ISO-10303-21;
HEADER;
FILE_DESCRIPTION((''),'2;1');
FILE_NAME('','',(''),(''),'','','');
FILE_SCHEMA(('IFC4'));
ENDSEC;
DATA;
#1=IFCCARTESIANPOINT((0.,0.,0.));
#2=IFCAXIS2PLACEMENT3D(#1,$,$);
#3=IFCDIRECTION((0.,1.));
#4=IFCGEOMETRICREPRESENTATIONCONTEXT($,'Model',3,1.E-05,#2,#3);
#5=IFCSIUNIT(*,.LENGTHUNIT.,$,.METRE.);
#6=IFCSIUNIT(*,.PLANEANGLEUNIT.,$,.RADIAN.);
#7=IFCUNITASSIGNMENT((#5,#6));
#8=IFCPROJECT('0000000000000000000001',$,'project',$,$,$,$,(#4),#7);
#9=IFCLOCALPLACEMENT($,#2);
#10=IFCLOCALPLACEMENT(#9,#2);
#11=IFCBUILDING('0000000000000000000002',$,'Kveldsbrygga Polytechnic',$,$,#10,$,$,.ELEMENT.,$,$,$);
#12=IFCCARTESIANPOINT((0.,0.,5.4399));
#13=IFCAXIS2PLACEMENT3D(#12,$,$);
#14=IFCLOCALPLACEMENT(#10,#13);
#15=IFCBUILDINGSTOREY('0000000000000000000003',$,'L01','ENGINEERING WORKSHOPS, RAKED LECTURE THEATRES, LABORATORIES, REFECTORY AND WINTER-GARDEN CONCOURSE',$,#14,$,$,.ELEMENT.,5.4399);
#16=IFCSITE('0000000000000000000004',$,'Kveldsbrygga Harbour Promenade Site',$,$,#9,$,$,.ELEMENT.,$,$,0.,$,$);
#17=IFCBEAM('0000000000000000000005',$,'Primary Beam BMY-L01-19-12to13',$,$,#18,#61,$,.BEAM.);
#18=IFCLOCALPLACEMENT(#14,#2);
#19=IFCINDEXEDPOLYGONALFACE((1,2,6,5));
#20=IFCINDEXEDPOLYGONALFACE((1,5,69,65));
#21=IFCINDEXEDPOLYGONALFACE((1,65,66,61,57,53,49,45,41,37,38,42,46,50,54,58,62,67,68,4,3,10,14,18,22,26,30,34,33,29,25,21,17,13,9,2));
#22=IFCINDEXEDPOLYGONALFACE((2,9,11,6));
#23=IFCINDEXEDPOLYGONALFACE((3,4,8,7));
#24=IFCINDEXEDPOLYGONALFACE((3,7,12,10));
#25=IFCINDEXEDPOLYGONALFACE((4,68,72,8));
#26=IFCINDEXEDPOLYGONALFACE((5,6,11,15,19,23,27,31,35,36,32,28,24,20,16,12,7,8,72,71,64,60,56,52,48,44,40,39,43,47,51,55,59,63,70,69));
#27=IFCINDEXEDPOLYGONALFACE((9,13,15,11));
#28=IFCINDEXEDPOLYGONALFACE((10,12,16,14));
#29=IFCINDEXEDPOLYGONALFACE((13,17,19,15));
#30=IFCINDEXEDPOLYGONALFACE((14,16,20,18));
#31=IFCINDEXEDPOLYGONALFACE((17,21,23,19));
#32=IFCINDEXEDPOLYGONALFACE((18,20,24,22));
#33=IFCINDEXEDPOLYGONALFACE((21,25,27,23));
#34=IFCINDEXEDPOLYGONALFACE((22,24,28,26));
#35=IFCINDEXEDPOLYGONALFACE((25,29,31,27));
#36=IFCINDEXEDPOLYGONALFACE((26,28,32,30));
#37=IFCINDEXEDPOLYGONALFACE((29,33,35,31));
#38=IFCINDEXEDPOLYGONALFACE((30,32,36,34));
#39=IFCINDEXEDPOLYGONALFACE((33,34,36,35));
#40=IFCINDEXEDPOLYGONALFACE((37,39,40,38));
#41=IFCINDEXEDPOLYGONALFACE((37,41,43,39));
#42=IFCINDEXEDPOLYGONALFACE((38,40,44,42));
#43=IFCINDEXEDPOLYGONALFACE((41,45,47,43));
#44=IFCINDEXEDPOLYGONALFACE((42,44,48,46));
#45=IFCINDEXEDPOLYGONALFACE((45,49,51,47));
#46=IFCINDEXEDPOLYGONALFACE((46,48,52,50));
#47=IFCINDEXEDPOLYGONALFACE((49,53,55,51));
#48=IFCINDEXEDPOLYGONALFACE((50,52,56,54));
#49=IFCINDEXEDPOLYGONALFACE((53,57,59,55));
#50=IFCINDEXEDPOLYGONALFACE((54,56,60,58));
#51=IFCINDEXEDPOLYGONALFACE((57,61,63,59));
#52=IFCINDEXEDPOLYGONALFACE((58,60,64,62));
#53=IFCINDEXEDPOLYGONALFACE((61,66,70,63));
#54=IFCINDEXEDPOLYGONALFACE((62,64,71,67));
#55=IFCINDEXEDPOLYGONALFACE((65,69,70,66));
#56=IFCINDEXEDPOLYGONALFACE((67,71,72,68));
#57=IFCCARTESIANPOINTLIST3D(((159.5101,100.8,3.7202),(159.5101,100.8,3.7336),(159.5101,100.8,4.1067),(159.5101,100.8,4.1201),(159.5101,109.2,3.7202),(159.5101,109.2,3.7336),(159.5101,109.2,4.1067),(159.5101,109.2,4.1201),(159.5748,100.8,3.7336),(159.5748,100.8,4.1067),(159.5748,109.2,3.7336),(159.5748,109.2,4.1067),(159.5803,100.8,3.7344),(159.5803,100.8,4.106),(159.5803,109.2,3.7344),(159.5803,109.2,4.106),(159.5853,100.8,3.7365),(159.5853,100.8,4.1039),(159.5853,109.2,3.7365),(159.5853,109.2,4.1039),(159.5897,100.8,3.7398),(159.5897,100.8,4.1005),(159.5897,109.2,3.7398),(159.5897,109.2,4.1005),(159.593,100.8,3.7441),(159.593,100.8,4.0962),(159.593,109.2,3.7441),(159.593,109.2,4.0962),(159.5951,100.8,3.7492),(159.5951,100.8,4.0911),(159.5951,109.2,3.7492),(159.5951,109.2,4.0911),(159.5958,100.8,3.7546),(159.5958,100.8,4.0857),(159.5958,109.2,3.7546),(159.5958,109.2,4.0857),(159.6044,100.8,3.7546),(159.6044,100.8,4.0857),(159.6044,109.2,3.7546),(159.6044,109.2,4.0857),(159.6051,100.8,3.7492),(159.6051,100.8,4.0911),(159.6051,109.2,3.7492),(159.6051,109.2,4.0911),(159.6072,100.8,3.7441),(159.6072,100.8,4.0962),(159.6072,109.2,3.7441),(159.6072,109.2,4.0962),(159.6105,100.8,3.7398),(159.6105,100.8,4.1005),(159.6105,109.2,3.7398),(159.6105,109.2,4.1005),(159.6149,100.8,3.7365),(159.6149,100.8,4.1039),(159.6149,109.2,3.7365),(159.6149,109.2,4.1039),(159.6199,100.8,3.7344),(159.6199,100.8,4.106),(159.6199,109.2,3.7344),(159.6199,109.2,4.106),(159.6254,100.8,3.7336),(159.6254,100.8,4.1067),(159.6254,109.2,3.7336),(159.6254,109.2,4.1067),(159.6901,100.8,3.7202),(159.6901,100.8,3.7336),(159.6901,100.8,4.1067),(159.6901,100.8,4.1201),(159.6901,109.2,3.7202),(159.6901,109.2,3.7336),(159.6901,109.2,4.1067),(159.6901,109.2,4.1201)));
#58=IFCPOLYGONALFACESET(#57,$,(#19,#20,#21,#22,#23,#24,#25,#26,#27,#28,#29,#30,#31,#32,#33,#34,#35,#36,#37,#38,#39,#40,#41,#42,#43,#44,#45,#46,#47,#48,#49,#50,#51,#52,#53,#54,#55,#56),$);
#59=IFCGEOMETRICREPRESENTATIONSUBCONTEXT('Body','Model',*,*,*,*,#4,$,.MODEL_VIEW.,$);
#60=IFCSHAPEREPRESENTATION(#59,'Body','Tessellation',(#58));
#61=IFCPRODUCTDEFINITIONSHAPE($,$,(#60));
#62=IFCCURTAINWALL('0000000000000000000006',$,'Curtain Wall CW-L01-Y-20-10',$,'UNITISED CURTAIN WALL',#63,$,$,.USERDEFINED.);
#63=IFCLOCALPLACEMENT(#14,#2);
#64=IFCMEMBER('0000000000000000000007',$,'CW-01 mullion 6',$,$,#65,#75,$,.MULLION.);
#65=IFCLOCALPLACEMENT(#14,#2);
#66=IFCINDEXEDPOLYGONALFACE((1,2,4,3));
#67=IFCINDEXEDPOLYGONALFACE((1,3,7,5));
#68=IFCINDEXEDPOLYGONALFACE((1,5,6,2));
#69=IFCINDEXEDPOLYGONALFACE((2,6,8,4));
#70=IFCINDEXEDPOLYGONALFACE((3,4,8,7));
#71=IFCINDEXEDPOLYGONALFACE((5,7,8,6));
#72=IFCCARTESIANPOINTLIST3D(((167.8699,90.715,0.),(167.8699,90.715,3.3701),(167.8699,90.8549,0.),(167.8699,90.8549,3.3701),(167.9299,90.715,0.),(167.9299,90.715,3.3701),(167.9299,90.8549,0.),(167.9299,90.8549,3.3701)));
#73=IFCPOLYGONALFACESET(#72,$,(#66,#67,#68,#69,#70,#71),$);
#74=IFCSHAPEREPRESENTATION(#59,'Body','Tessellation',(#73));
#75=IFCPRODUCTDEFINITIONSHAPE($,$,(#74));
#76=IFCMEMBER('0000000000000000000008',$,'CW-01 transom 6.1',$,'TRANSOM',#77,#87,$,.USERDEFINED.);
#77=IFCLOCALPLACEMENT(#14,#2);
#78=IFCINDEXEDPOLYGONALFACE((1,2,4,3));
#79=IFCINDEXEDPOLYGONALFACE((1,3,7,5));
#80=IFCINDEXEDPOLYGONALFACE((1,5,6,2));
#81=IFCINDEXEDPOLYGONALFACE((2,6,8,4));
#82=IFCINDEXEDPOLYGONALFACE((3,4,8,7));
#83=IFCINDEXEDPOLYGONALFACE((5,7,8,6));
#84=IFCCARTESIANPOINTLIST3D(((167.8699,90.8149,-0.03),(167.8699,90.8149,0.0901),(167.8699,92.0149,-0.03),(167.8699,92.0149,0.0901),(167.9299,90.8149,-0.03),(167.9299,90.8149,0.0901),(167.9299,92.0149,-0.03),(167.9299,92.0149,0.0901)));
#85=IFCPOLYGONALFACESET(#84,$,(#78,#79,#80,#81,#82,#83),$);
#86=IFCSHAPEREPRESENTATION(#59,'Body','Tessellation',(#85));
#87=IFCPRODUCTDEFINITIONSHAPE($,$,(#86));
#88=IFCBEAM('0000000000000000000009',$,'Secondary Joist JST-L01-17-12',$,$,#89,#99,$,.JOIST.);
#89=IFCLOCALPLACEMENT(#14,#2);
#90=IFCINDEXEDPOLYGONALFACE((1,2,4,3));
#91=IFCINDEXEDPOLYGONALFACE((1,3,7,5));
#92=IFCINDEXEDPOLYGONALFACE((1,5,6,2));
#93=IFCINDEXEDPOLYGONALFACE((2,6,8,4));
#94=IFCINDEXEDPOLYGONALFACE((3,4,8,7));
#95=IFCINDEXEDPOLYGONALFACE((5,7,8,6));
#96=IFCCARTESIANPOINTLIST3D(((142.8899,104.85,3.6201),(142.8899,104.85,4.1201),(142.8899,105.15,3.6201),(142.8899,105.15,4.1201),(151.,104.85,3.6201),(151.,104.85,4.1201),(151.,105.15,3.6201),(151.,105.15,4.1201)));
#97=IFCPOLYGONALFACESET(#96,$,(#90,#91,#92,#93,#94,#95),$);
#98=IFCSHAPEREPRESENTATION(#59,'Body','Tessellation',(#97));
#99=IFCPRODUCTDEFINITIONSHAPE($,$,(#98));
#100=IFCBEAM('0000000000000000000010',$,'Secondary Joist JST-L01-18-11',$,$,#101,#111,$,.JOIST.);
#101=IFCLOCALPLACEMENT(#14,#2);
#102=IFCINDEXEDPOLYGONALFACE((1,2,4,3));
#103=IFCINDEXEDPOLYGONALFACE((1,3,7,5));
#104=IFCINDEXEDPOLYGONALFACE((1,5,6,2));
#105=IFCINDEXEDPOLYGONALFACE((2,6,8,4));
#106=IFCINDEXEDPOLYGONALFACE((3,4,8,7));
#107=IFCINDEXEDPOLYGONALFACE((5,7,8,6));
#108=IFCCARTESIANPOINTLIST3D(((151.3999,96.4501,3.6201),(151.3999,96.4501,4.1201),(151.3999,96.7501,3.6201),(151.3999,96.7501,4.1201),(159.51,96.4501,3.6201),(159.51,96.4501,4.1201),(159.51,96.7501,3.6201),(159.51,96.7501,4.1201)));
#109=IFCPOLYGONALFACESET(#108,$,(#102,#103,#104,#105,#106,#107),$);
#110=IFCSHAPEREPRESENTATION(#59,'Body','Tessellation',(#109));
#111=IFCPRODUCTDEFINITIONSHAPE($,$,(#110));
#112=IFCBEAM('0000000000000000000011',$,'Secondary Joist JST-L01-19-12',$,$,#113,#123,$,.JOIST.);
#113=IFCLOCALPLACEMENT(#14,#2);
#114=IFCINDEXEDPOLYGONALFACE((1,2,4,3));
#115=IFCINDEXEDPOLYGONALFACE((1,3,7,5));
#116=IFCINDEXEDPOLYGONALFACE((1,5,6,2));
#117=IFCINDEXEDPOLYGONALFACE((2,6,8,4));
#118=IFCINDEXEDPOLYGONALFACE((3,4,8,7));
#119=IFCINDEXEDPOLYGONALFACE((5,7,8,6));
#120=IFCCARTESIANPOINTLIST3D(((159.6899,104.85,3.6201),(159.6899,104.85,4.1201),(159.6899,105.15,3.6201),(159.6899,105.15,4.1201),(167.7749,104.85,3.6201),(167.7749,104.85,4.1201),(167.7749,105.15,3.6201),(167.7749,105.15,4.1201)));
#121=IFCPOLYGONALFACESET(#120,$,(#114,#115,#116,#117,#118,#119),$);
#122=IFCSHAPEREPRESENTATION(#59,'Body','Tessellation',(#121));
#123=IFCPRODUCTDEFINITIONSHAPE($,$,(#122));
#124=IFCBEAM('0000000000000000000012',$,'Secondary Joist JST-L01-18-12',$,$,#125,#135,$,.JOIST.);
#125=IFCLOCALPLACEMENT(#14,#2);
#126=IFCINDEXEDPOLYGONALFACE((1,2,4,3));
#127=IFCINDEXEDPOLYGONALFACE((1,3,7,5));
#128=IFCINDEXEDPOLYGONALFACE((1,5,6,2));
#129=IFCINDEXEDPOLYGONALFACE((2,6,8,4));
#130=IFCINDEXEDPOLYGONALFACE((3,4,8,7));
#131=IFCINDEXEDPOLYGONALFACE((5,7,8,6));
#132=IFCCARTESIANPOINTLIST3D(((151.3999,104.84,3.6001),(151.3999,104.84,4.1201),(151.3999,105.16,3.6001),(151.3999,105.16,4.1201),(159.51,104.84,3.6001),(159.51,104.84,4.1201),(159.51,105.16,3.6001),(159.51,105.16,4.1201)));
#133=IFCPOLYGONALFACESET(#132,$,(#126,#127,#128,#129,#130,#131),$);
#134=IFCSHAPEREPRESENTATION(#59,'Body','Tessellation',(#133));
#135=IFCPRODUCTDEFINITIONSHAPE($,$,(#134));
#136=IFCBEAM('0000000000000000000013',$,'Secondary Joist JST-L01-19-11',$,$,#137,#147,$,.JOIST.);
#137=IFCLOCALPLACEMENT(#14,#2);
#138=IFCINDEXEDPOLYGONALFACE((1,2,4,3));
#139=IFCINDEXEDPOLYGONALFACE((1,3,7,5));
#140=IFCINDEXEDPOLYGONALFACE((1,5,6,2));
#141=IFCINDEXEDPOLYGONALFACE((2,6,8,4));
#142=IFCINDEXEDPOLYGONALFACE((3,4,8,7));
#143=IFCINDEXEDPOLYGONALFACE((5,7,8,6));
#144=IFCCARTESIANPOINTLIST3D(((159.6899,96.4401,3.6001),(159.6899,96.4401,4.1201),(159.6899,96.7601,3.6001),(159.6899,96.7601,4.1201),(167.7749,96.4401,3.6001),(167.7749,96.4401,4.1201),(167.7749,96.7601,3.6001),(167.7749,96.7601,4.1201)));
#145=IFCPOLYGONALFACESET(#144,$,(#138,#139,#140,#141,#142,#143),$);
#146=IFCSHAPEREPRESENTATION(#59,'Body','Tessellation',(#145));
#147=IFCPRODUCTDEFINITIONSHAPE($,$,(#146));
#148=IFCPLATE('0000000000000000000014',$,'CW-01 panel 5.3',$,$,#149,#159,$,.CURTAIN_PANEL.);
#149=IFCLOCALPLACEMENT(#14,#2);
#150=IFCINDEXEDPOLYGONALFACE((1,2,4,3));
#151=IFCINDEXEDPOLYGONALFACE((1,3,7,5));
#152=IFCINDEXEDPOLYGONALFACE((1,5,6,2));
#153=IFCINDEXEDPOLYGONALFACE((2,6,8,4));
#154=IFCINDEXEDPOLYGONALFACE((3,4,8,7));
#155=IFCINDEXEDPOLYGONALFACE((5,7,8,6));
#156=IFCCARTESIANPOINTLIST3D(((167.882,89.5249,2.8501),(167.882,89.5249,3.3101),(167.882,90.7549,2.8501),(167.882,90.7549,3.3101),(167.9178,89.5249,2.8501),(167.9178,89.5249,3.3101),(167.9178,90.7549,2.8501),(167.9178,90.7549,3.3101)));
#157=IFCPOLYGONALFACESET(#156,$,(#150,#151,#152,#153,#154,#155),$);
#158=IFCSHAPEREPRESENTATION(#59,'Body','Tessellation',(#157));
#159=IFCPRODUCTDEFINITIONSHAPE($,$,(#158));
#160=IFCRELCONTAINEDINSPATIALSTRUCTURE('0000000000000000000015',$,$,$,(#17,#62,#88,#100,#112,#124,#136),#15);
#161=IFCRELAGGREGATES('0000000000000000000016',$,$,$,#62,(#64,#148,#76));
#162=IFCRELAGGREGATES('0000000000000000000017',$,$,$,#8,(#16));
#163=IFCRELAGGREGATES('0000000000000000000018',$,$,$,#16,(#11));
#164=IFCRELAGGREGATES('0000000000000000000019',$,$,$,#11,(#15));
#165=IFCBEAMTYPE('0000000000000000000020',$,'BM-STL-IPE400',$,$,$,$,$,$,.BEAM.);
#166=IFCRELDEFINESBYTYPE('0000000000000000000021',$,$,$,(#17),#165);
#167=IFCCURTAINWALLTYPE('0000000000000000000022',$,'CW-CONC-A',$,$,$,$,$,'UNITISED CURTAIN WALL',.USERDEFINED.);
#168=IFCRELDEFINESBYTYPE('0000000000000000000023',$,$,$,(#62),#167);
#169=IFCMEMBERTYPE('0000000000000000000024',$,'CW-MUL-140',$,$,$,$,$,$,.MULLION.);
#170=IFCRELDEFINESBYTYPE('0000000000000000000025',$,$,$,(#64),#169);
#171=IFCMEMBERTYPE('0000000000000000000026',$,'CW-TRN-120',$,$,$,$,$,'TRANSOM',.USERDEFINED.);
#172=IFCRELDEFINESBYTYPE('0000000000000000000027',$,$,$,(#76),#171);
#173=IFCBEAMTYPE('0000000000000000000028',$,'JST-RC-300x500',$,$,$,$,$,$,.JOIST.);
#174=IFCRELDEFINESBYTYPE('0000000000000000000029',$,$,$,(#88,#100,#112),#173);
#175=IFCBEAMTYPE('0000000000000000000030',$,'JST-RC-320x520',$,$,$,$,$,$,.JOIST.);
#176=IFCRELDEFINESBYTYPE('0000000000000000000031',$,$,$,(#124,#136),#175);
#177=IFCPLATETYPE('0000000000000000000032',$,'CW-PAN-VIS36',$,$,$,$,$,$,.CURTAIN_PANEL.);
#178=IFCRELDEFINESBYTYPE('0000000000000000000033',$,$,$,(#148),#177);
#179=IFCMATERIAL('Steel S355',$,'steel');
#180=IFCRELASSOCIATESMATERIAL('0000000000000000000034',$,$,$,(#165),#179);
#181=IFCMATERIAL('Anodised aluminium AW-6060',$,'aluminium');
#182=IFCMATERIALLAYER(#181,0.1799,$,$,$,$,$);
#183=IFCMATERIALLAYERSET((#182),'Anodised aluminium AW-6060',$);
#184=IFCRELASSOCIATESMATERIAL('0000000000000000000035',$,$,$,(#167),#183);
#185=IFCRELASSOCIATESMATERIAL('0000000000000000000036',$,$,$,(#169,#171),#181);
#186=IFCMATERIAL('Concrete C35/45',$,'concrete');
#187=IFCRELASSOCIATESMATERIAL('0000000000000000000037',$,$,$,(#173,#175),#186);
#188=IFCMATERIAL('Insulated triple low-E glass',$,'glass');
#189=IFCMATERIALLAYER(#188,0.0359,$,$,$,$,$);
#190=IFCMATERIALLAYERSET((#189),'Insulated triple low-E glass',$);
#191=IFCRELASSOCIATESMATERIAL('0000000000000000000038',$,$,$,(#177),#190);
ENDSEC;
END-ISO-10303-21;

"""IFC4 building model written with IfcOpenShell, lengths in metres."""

from ifc_helpers import new_model, si_unit, direction, frame, origin, origin_2d, place, context, subcontext, project, spatial, rectangle, i_section, extrude, material, layer, layer_set, material_profile, profile_set, type_object, element, aggregate, save


model = new_model("IFC4")

# Units and contexts
model_context = context("Model", 3, precision=1e-05, world=origin(), true_north=direction((0.0, 1.0)))
body_context = subcontext(model_context, "Body", "Model", "MODEL_VIEW")
ifc_project = project(units=[si_unit("LENGTHUNIT", "METRE"), si_unit("PLANEANGLEUNIT", "RADIAN")], contexts=[model_context])

# Site, building, storey
site_placement = place(None, origin())
site = spatial("IfcSite", under=ifc_project, at=site_placement, Name="Kveldsbrygga Harbour Promenade Site", CompositionType="ELEMENT", RefElevation=0.0)
building_placement = place(site_placement, origin())
building = spatial("IfcBuilding", under=site, at=building_placement, Name="Kveldsbrygga Polytechnic", CompositionType="ELEMENT")
storey_placement = place(building_placement, frame((0.0, 0.0, 5.4399)))
storey = spatial("IfcBuildingStorey", under=building, at=storey_placement, Name="L01", Description="ENGINEERING WORKSHOPS, RAKED LECTURE THEATRES, LABORATORIES, REFECTORY AND WINTER-GARDEN CONCOURSE", CompositionType="ELEMENT", Elevation=5.4399)

# Beam
ifc_material_1 = material(Name="Concrete C35/45", Category="concrete")
ifc_material_2 = material(Name="Steel S355", Category="steel")
ifc_material_profile_1 = material_profile(ifc_material_2, i_section(OverallWidth=0.1799, OverallDepth=0.3999, WebThickness=0.0085, FlangeThickness=0.0134, FilletRadius=0.021, at=origin_2d()), Name="IPE 400")
ifc_profile_set_1 = profile_set([ifc_material_profile_1], Name="Steel S355")
beam_type_1 = type_object("IfcBeamType", Name="BM-STL-IPE400", PredefinedType="BEAM", material=ifc_profile_set_1)
beam_1_placement = place(storey_placement, frame((159.6001, 100.8, 3.9202), z_axis=(0.0, 1.0, 0.0), x_axis=(-1.0, 0.0, 0.0)))
element("IfcBeam", 1, at=beam_1_placement, inside=storey, type_object=beam_type_1, Name="Primary Beam BMY-L01-19-12to13", PredefinedType="BEAM", context=body_context, shape_type="SweptSolid", body=[
    extrude(i_section(OverallWidth=0.1799, OverallDepth=0.3999, WebThickness=0.0085, FlangeThickness=0.0134, FilletRadius=0.021, at=origin_2d()), origin(), (0.0, 0.0, 1.0), 8.3999),
])

# Curtain wall, members
ifc_material_3 = material(Name="Anodised aluminium AW-6060", Category="aluminium")
ifc_layer_1 = layer(ifc_material_3, 0.1799)
ifc_layer_set_1 = layer_set([ifc_layer_1], Name="Anodised aluminium AW-6060")
curtain_wall_type = type_object("IfcCurtainWallType", Name="CW-CONC-A", ElementType="UNITISED CURTAIN WALL", PredefinedType="USERDEFINED", material=ifc_layer_set_1)
curtain_wall_placement = place(storey_placement, origin())
curtain_wall = element("IfcCurtainWall", 2, at=curtain_wall_placement, inside=storey, type_object=curtain_wall_type, Name="Curtain Wall CW-L01-Y-20-10", ObjectType="UNITISED CURTAIN WALL", PredefinedType="USERDEFINED")
ifc_material_profile_2 = material_profile(ifc_material_3, rectangle(XDim=0.0601, YDim=0.1399, at=origin_2d()), Name="ALU 60x140")
ifc_profile_set_2 = profile_set([ifc_material_profile_2], Name="Anodised aluminium AW-6060")
member_type_1 = type_object("IfcMemberType", Name="CW-MUL-140", PredefinedType="MULLION", material=ifc_profile_set_2)
member_1_placement = place(storey_placement, frame((167.8999, 90.7849, 0.0), z_axis=(0.0, 0.0, 1.0), x_axis=(-1.0, 0.0, 0.0)))
member_1 = element("IfcMember", 3, at=member_1_placement, type_object=member_type_1, Name="CW-01 mullion 6", PredefinedType="MULLION", context=body_context, shape_type="SweptSolid", body=[
    extrude(rectangle(XDim=0.0601, YDim=0.1399, at=origin_2d()), origin(), (0.0, 0.0, 1.0), 3.3701),
])
ifc_material_profile_3 = material_profile(ifc_material_3, rectangle(XDim=0.0601, YDim=0.1201, at=origin_2d()), Name="ALU 60x120")
ifc_profile_set_3 = profile_set([ifc_material_profile_3], Name="Anodised aluminium AW-6060")
member_type_2 = type_object("IfcMemberType", Name="CW-TRN-120", ElementType="TRANSOM", PredefinedType="USERDEFINED", material=ifc_profile_set_3)
member_2_placement = place(storey_placement, frame((167.8999, 90.8149, 0.03), z_axis=(0.0, 1.0, 0.0), x_axis=(-1.0, 0.0, 0.0)))
member_2 = element("IfcMember", 4, at=member_2_placement, type_object=member_type_2, Name="CW-01 transom 6.1", ObjectType="TRANSOM", PredefinedType="USERDEFINED", context=body_context, shape_type="SweptSolid", body=[
    extrude(rectangle(XDim=0.0601, YDim=0.1201, at=origin_2d()), origin(), (0.0, 0.0, 1.0), 1.2),
])

# Beams
ifc_material_profile_4 = material_profile(ifc_material_1, rectangle(XDim=0.3, YDim=0.5, at=origin_2d()), Name="RC 300x500")
ifc_profile_set_4 = profile_set([ifc_material_profile_4], Name="Concrete C35/45")
beam_type_2 = type_object("IfcBeamType", Name="JST-RC-300x500", PredefinedType="JOIST", material=ifc_profile_set_4)
for number, where, z_axis, x_axis, name in (
    (5, (142.8899, 105.0, 3.8701), (1.0, 0.0, 0.0), (0.0, 1.0, 0.0), "Secondary Joist JST-L01-17-12"),
    (6, (151.3999, 96.6001, 3.8701), (1.0, 0.0, 0.0), (0.0, 1.0, 0.0), "Secondary Joist JST-L01-18-11"),
):
    element("IfcBeam", number, at=place(storey_placement, frame(where, z_axis=z_axis, x_axis=x_axis)), inside=storey, type_object=beam_type_2, Name=name, PredefinedType="JOIST", context=body_context, shape_type="SweptSolid", body=[
        extrude(rectangle(XDim=0.3, YDim=0.5, at=origin_2d()), origin(), (0.0, 0.0, 1.0), 8.1101),
    ])
beam_2_placement = place(storey_placement, frame((159.6899, 105.0, 3.8701), z_axis=(1.0, 0.0, 0.0), x_axis=(0.0, 1.0, 0.0)))
element("IfcBeam", 7, at=beam_2_placement, inside=storey, type_object=beam_type_2, Name="Secondary Joist JST-L01-19-12", PredefinedType="JOIST", context=body_context, shape_type="SweptSolid", body=[
    extrude(rectangle(XDim=0.3, YDim=0.5, at=origin_2d()), origin(), (0.0, 0.0, 1.0), 8.085),
])
ifc_material_profile_5 = material_profile(ifc_material_1, rectangle(XDim=0.3201, YDim=0.52, at=origin_2d()), Name="RC 320x520")
ifc_profile_set_5 = profile_set([ifc_material_profile_5], Name="Concrete C35/45")
beam_type_3 = type_object("IfcBeamType", Name="JST-RC-320x520", PredefinedType="JOIST", material=ifc_profile_set_5)
beam_3_placement = place(storey_placement, frame((151.3999, 105.0, 3.8601), z_axis=(1.0, 0.0, 0.0), x_axis=(0.0, 1.0, 0.0)))
element("IfcBeam", 8, at=beam_3_placement, inside=storey, type_object=beam_type_3, Name="Secondary Joist JST-L01-18-12", PredefinedType="JOIST", context=body_context, shape_type="SweptSolid", body=[
    extrude(rectangle(XDim=0.3201, YDim=0.52, at=origin_2d()), origin(), (0.0, 0.0, 1.0), 8.1101),
])
beam_4_placement = place(storey_placement, frame((159.6899, 96.6001, 3.8601), z_axis=(1.0, 0.0, 0.0), x_axis=(0.0, 1.0, 0.0)))
element("IfcBeam", 9, at=beam_4_placement, inside=storey, type_object=beam_type_3, Name="Secondary Joist JST-L01-19-11", PredefinedType="JOIST", context=body_context, shape_type="SweptSolid", body=[
    extrude(rectangle(XDim=0.3201, YDim=0.52, at=origin_2d()), origin(), (0.0, 0.0, 1.0), 8.085),
])

# Plate
ifc_material_4 = material(Name="Insulated triple low-E glass", Category="glass")
ifc_layer_2 = layer(ifc_material_4, 0.0359)
ifc_layer_set_2 = layer_set([ifc_layer_2], Name="Insulated triple low-E glass")
plate_type = type_object("IfcPlateType", Name="CW-PAN-VIS36", PredefinedType="CURTAIN_PANEL", material=ifc_layer_set_2)
plate_placement = place(storey_placement, frame((167.8999, 90.1399, 2.8501), z_axis=(0.0, 0.0, 1.0), x_axis=(0.0, 1.0, 0.0)))
plate = element("IfcPlate", 10, at=plate_placement, type_object=plate_type, Name="CW-01 panel 5.3", PredefinedType="CURTAIN_PANEL", context=body_context, shape_type="SweptSolid", body=[
    extrude(rectangle(XDim=1.23, YDim=0.0359, at=origin_2d()), origin(), (0.0, 0.0, 1.0), 0.46),
])
aggregate(curtain_wall, [member_1, plate, member_2])

save(model, "model.ifc")
